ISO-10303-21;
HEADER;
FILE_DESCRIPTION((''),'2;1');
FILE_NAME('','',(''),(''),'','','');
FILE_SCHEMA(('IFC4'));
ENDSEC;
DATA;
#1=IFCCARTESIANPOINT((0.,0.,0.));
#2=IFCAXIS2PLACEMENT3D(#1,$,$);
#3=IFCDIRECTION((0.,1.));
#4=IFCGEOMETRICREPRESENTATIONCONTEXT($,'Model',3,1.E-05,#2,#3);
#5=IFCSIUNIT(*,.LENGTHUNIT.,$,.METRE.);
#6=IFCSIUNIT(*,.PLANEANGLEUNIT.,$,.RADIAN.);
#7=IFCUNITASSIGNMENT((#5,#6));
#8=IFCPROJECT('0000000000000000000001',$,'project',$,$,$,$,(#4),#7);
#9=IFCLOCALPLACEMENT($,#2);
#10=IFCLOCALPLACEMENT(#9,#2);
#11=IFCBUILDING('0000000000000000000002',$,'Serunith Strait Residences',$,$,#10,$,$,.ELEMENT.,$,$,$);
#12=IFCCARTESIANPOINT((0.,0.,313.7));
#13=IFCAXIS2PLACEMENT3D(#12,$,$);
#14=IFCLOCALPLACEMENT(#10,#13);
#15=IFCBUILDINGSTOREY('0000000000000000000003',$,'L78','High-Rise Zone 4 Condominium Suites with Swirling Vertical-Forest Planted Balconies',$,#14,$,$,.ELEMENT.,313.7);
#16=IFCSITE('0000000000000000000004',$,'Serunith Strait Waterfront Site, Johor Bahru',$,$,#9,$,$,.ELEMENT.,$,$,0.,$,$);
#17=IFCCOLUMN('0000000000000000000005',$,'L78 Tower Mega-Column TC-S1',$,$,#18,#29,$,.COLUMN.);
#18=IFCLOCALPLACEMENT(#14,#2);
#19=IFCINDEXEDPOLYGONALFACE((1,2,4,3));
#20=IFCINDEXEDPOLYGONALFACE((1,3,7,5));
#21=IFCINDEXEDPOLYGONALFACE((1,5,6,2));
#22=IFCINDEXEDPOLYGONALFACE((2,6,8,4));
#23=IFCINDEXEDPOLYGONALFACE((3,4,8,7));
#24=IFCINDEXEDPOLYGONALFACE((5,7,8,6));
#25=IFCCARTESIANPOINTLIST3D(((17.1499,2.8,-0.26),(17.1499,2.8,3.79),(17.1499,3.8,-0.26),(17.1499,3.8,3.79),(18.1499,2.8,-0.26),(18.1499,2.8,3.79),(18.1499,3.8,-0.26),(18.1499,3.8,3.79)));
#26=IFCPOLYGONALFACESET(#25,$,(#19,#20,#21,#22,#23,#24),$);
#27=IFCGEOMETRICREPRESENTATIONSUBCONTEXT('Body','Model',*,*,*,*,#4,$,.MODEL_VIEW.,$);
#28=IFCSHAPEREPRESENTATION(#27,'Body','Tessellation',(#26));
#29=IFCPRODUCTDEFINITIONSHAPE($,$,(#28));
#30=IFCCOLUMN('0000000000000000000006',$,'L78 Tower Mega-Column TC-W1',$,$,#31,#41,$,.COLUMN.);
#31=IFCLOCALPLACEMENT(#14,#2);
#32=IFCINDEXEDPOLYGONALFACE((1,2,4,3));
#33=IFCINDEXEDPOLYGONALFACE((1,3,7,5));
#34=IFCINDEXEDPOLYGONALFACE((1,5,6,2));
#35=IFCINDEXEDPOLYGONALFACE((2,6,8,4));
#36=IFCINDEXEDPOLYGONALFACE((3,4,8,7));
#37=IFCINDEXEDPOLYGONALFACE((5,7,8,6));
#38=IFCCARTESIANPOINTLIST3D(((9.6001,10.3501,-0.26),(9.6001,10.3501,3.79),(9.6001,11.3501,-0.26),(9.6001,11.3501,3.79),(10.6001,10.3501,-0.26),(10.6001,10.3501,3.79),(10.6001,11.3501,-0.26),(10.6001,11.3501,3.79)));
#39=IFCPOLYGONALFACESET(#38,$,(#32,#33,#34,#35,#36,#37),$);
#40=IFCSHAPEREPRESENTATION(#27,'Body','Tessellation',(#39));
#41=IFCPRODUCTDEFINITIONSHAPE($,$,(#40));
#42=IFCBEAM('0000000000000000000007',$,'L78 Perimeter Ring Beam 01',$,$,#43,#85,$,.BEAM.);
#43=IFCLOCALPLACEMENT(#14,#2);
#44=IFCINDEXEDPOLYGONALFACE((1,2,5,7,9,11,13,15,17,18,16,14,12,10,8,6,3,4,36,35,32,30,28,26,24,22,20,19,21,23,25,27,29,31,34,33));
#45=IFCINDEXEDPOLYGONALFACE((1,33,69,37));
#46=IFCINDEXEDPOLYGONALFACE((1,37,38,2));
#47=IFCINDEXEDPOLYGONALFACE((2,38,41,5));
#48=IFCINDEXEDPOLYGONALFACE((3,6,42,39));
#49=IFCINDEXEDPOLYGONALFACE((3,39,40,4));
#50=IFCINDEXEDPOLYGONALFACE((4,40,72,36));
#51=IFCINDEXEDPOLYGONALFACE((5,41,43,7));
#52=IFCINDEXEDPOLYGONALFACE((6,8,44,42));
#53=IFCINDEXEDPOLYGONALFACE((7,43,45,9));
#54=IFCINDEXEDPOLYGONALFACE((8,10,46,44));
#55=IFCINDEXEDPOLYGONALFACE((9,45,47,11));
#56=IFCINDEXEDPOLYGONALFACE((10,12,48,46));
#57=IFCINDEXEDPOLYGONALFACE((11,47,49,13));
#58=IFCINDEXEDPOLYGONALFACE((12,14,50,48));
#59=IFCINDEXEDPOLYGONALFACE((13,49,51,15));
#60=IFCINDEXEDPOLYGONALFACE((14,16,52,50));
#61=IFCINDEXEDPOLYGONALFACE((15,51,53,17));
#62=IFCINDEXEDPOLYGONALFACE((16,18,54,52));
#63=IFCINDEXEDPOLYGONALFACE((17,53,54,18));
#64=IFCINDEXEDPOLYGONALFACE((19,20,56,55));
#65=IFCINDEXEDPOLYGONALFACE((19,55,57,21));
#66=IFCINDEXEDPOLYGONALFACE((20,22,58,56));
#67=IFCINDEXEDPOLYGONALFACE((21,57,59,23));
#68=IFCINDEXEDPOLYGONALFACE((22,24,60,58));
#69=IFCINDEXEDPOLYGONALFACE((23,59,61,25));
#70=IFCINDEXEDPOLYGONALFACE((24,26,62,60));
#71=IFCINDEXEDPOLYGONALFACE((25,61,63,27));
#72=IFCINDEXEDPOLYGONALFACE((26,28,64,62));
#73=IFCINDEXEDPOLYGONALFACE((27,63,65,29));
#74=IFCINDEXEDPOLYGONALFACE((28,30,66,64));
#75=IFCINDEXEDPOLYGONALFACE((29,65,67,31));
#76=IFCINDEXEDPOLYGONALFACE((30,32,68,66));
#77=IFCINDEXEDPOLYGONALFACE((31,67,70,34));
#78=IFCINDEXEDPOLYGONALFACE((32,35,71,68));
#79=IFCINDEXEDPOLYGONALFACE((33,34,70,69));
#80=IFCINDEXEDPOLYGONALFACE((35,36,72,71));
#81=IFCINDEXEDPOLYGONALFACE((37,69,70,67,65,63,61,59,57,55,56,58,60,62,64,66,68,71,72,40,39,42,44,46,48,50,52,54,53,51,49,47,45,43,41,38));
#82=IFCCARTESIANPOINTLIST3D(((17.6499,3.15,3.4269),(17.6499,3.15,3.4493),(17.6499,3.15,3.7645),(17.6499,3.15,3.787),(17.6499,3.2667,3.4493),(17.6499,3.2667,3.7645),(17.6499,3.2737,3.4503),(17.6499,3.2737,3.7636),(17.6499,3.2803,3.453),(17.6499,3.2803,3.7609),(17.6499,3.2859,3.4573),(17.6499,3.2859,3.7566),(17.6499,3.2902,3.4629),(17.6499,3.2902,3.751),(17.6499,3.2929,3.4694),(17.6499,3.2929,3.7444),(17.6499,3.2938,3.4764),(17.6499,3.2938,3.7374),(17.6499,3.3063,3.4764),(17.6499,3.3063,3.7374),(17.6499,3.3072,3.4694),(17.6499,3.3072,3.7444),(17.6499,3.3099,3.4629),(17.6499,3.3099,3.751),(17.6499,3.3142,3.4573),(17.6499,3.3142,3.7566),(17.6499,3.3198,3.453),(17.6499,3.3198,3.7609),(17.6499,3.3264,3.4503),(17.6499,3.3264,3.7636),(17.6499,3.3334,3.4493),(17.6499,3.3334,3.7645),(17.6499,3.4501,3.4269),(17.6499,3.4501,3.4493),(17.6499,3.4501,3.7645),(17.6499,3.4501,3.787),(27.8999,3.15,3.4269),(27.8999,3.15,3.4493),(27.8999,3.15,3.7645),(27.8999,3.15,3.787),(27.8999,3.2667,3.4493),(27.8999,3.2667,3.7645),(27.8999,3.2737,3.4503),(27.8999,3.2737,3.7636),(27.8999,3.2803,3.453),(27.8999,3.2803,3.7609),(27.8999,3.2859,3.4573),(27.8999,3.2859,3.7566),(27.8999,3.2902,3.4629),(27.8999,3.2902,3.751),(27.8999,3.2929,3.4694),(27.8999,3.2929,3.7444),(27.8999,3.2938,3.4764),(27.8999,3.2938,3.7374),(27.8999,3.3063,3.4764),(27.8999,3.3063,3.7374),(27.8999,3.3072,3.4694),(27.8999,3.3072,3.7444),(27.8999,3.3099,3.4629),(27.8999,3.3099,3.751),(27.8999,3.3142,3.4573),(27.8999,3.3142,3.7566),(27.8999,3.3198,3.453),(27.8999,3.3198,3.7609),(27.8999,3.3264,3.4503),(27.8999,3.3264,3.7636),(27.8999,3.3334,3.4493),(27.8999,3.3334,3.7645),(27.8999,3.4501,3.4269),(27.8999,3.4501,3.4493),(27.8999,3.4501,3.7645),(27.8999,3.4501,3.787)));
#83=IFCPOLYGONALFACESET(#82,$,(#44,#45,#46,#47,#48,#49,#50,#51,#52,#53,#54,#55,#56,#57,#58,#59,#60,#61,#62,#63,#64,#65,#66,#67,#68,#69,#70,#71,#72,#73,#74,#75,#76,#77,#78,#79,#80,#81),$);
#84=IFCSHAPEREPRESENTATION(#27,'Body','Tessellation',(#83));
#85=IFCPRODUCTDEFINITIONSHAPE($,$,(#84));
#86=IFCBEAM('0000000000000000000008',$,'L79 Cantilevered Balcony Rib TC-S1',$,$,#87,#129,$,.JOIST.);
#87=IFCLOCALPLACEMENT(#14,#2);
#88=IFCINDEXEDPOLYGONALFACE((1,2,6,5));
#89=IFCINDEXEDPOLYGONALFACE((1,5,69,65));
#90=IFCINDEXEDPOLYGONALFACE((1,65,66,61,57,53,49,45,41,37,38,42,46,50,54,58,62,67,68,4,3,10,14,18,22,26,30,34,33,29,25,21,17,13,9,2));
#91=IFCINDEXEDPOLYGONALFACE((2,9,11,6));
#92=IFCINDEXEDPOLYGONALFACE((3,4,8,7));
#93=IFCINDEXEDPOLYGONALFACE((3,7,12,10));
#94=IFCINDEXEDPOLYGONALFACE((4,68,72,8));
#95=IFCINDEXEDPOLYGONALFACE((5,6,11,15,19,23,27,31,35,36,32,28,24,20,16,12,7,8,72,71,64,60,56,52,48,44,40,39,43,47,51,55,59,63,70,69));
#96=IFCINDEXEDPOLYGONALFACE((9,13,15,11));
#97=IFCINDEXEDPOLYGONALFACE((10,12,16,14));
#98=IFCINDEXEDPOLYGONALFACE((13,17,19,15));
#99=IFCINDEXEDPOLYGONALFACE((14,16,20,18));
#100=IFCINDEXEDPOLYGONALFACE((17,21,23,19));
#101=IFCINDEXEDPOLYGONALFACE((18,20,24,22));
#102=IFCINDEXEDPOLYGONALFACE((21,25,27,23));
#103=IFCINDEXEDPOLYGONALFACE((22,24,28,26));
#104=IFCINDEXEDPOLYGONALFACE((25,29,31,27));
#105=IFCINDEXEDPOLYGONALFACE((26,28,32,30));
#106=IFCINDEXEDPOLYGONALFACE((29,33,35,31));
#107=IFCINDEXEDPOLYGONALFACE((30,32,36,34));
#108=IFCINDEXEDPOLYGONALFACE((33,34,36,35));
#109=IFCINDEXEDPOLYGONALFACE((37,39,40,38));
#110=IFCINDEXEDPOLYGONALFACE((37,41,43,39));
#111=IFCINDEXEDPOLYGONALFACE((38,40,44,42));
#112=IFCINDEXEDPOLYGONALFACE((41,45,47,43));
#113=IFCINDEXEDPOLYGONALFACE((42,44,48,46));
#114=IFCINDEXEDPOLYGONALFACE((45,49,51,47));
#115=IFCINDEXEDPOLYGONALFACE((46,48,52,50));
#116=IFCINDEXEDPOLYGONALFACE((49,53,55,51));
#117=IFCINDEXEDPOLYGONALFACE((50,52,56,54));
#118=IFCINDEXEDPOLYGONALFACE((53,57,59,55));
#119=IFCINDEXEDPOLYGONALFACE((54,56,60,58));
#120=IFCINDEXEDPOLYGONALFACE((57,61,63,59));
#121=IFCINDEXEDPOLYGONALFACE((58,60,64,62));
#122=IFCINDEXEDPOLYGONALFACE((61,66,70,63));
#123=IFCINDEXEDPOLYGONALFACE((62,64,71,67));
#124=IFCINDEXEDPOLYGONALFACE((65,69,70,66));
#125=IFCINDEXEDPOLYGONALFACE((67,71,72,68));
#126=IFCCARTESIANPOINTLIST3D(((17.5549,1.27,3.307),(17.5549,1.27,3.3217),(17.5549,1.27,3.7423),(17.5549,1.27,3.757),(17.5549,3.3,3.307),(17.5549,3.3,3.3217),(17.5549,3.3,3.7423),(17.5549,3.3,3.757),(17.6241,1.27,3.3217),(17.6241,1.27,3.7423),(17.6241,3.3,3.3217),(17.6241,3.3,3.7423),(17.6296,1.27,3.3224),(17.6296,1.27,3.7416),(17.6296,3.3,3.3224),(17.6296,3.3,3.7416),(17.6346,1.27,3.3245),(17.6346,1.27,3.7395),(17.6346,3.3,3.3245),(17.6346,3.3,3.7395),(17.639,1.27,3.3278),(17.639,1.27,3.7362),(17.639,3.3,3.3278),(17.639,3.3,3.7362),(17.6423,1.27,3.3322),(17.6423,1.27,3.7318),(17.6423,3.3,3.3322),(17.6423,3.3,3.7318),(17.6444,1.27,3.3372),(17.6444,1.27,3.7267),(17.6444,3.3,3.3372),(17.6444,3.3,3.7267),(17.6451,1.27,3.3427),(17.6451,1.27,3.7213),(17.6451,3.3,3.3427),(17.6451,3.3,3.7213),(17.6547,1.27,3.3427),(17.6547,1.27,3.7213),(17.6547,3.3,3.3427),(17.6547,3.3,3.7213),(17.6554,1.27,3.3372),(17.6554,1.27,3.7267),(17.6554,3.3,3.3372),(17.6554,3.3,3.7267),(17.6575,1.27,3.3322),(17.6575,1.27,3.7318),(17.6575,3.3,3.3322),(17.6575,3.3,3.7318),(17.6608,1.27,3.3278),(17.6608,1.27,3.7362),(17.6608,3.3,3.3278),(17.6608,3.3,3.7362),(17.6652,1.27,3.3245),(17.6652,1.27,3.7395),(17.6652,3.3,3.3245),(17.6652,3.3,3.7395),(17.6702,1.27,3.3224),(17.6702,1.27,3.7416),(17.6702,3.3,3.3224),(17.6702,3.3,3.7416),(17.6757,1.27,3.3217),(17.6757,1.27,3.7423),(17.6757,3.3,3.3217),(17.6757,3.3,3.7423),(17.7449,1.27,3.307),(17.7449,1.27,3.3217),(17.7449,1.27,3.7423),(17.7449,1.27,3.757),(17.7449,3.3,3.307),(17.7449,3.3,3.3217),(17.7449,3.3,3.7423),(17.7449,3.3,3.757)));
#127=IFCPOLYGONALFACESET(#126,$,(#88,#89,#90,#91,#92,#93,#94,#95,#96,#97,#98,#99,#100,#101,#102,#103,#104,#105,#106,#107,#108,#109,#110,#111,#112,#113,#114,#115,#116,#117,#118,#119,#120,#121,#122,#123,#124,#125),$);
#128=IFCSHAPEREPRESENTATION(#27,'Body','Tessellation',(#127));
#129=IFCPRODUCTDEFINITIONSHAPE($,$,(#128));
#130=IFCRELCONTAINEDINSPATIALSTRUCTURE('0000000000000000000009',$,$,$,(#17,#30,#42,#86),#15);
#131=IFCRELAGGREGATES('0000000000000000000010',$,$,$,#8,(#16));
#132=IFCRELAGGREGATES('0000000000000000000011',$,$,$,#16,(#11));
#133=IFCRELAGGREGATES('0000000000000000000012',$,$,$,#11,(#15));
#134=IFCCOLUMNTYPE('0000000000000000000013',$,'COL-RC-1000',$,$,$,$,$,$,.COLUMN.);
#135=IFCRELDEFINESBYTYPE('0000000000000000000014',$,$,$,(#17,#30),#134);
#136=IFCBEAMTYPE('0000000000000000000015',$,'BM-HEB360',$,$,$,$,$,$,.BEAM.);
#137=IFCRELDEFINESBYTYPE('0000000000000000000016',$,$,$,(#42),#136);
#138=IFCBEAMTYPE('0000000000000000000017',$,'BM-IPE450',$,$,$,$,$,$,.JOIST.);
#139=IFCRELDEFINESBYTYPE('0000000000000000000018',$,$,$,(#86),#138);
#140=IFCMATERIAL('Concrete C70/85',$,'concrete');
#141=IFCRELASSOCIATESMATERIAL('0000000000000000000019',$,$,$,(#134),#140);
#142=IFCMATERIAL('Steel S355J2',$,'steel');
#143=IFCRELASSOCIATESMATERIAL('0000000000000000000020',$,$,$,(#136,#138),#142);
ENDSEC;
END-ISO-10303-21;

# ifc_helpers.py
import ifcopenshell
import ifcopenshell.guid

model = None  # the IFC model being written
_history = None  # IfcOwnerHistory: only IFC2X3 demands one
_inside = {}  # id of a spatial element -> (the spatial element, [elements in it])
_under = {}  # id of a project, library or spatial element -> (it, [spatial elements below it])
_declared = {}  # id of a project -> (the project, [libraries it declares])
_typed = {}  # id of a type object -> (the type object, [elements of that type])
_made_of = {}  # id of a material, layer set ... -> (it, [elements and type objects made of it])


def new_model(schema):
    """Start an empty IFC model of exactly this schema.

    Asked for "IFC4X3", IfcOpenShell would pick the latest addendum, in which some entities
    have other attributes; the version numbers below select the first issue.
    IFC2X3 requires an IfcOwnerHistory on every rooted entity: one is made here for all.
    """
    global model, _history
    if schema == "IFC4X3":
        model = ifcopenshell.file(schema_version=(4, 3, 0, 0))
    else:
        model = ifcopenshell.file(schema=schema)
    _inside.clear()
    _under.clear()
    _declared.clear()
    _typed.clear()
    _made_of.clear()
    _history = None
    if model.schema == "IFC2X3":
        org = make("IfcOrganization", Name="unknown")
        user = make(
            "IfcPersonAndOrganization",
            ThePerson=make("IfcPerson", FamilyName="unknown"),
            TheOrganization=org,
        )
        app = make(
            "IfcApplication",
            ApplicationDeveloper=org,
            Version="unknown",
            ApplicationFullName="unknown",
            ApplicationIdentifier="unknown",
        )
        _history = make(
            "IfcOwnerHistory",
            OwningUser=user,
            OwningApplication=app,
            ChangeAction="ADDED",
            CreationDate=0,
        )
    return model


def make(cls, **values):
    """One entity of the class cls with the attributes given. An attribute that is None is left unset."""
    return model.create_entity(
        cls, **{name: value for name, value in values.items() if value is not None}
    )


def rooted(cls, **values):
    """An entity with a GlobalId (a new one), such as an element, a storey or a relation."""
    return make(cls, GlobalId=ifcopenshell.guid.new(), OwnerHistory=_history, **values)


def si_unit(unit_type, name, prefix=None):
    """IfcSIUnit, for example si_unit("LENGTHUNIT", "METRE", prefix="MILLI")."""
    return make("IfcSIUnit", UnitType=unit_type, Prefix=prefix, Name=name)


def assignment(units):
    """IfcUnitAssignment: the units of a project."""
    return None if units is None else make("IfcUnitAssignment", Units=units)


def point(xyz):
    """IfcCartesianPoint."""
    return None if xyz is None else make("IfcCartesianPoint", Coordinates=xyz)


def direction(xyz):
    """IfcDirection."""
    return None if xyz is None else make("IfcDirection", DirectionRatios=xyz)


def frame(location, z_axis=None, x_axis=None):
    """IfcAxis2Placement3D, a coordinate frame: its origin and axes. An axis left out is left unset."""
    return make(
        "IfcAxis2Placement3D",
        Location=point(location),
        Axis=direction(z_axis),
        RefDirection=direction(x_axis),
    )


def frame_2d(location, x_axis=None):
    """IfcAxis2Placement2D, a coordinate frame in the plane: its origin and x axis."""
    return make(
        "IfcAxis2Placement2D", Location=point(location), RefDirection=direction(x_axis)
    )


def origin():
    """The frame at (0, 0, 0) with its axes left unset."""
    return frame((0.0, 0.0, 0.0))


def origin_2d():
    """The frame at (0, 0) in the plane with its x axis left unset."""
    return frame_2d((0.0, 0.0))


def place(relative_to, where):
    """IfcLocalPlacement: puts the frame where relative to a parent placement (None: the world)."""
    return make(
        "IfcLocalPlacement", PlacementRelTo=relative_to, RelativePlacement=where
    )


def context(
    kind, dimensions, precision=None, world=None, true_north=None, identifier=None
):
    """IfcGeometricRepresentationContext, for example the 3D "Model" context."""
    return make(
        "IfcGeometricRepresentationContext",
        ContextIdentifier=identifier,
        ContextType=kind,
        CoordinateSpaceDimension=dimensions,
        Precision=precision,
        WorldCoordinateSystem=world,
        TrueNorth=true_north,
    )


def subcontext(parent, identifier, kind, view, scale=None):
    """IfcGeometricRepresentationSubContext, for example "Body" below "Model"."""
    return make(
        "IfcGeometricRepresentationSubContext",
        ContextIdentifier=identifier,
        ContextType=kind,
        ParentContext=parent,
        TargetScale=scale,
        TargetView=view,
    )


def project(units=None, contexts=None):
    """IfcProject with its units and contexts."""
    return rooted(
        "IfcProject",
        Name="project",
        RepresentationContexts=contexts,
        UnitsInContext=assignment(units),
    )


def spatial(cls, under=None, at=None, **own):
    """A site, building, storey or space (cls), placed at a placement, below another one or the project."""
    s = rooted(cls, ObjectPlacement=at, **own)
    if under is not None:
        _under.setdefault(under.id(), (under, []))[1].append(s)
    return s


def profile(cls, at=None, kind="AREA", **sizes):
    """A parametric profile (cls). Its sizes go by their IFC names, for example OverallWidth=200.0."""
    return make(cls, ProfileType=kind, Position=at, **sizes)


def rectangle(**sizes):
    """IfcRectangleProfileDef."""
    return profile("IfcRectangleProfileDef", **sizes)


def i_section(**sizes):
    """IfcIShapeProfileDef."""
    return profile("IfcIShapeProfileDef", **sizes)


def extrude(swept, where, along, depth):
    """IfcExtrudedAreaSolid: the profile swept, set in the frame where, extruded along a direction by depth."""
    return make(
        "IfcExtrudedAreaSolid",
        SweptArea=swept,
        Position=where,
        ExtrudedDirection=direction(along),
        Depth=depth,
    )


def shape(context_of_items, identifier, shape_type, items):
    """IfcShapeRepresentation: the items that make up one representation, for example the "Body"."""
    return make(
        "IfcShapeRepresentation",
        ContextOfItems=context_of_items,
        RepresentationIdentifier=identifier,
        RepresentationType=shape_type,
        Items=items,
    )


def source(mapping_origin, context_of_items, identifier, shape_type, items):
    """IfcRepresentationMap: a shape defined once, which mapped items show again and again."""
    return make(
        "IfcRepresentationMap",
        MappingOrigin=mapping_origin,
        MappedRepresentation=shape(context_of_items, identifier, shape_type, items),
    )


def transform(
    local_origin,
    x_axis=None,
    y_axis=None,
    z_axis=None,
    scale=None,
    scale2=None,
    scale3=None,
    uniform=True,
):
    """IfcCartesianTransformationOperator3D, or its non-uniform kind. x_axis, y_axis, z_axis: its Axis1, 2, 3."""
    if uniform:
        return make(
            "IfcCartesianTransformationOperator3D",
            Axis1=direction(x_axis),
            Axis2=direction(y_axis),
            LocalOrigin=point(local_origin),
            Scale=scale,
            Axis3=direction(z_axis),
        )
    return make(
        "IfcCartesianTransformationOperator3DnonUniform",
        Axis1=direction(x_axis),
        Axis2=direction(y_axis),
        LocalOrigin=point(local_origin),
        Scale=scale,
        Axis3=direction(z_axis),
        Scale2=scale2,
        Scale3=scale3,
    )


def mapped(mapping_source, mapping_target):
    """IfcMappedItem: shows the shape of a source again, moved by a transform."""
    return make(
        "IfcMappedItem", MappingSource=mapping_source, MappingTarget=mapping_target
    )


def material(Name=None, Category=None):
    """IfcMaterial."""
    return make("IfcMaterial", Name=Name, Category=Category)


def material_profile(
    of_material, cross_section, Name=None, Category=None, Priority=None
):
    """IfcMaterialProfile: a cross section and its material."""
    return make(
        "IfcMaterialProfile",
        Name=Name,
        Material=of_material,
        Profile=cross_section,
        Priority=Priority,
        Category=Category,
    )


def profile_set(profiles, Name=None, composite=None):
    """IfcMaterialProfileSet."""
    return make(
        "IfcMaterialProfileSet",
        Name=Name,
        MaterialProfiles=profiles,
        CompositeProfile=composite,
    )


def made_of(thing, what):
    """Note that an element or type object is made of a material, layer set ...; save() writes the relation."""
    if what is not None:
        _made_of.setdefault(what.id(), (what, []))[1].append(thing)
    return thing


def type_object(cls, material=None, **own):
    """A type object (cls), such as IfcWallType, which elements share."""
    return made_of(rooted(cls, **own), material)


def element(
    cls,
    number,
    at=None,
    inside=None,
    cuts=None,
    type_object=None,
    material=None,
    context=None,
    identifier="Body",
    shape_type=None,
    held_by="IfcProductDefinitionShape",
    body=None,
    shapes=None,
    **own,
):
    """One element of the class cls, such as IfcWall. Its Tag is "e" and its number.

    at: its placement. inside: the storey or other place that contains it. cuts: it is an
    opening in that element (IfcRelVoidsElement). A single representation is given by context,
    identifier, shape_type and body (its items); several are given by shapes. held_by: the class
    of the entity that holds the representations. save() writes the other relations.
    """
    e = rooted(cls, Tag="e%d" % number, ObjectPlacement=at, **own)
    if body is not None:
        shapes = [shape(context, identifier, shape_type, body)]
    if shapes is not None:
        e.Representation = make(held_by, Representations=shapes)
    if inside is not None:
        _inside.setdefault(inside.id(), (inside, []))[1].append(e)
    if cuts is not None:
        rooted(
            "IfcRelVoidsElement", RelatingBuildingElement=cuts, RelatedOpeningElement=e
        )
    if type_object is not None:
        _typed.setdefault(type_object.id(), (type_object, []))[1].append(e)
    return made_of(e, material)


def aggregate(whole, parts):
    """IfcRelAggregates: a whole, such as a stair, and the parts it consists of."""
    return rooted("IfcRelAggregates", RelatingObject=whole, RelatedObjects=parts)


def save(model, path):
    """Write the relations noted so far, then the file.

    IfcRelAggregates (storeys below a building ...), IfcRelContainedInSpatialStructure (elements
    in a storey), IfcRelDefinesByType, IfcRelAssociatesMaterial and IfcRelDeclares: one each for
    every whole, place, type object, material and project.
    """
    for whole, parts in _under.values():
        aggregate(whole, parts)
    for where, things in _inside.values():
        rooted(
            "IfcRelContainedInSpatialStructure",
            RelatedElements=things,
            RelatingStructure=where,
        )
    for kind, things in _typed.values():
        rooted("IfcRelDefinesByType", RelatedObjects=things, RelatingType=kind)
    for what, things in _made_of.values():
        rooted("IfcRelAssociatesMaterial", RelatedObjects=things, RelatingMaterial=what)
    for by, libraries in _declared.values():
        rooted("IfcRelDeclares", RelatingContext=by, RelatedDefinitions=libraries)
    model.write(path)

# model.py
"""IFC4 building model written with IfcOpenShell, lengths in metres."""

from ifc_helpers import new_model, si_unit, direction, frame, origin, origin_2d, place, context, subcontext, project, spatial, rectangle, i_section, extrude, source, transform, mapped, material, material_profile, profile_set, type_object, element, save


model = new_model("IFC4")

# Units and contexts
model_context = context("Model", 3, precision=1e-05, world=origin(), true_north=direction((0.0, 1.0)))
body_context = subcontext(model_context, "Body", "Model", "MODEL_VIEW")
ifc_project = project(units=[si_unit("LENGTHUNIT", "METRE"), si_unit("PLANEANGLEUNIT", "RADIAN")], contexts=[model_context])

# Site, building, storey
site_placement = place(None, origin())
site = spatial("IfcSite", under=ifc_project, at=site_placement, Name="Serunith Strait Waterfront Site, Johor Bahru", CompositionType="ELEMENT", RefElevation=0.0)
building_placement = place(site_placement, origin())
building = spatial("IfcBuilding", under=site, at=building_placement, Name="Serunith Strait Residences", CompositionType="ELEMENT")
storey_placement = place(building_placement, frame((0.0, 0.0, 313.7)))
storey = spatial("IfcBuildingStorey", under=building, at=storey_placement, Name="L78", Description="High-Rise Zone 4 Condominium Suites with Swirling Vertical-Forest Planted Balconies", CompositionType="ELEMENT", Elevation=313.7)

# Columns
ifc_material_1 = material(Name="Concrete C70/85", Category="concrete")
ifc_material_profile_1 = material_profile(ifc_material_1, rectangle(XDim=1.0, YDim=1.0, at=origin_2d()), Name="RC 1000x1000")
ifc_profile_set_1 = profile_set([ifc_material_profile_1], Name="Concrete C70/85")
column_type = type_object("IfcColumnType", Name="COL-RC-1000", PredefinedType="COLUMN", material=ifc_profile_set_1)
shared_shape_1 = source(origin(), body_context, "Body", "SweptSolid", [
    extrude(rectangle(XDim=1.0, YDim=1.0, at=origin_2d()), origin(), (0.0, 0.0, 1.0), 4.05),
])
for number, where, z_axis, x_axis, name in (
    (1, (17.6499, 3.3, -0.26), (0.0, 0.0, 1.0), (1.0, 0.0, 0.0), "L78 Tower Mega-Column TC-S1"),
    (2, (10.1001, 10.8501, -0.26), (0.0, 0.0, 1.0), (1.0, 0.0, 0.0), "L78 Tower Mega-Column TC-W1"),
):
    element("IfcColumn", number, at=place(storey_placement, frame(where, z_axis=z_axis, x_axis=x_axis)), inside=storey, type_object=column_type, Name=name, PredefinedType="COLUMN", context=body_context, shape_type="MappedRepresentation", body=[
        mapped(shared_shape_1, transform((0.0, 0.0, 0.0), scale=1.0)),
    ])

# Beams
ifc_material_2 = material(Name="Steel S355J2", Category="steel")
ifc_material_profile_2 = material_profile(ifc_material_2, i_section(OverallWidth=0.3, OverallDepth=0.3601, WebThickness=0.0125, FlangeThickness=0.0225, FilletRadius=0.0271, at=origin_2d()), Name="HEB 360")
ifc_profile_set_2 = profile_set([ifc_material_profile_2], Name="Steel S355J2")
beam_type_1 = type_object("IfcBeamType", Name="BM-HEB360", PredefinedType="BEAM", material=ifc_profile_set_2)
shared_shape_2 = source(origin(), body_context, "Body", "SweptSolid", [
    extrude(i_section(OverallWidth=0.3, OverallDepth=0.3601, WebThickness=0.0125, FlangeThickness=0.0225, FilletRadius=0.0271, at=origin_2d()), origin(), (0.0, 0.0, 1.0), 10.25),
])
beam_1_placement = place(storey_placement, frame((17.6499, 3.3, 3.6069), z_axis=(1.0, 0.0, 0.0), x_axis=(0.0, 1.0, 0.0)))
element("IfcBeam", 3, at=beam_1_placement, inside=storey, type_object=beam_type_1, Name="L78 Perimeter Ring Beam 01", PredefinedType="BEAM", context=body_context, shape_type="MappedRepresentation", body=[
    mapped(shared_shape_2, transform((0.0, 0.0, 0.0), scale=1.0)),
])
ifc_material_profile_3 = material_profile(ifc_material_2, i_section(OverallWidth=0.1899, OverallDepth=0.45, WebThickness=0.0095, FlangeThickness=0.0146, FilletRadius=0.021, at=origin_2d()), Name="IPE 450")
ifc_profile_set_3 = profile_set([ifc_material_profile_3], Name="Steel S355J2")
beam_type_2 = type_object("IfcBeamType", Name="BM-IPE450", PredefinedType="JOIST", material=ifc_profile_set_3)
shared_shape_3 = source(origin(), body_context, "Body", "SweptSolid", [
    extrude(i_section(OverallWidth=0.1899, OverallDepth=0.45, WebThickness=0.0095, FlangeThickness=0.0146, FilletRadius=0.021, at=origin_2d()), origin(), (0.0, 0.0, 1.0), 2.03),
])
beam_2_placement = place(storey_placement, frame((17.6499, 3.3, 3.532), z_axis=(0.0, -1.0, 0.0), x_axis=(1.0, 0.0, 0.0)))
element("IfcBeam", 4, at=beam_2_placement, inside=storey, type_object=beam_type_2, Name="L79 Cantilevered Balcony Rib TC-S1", PredefinedType="JOIST", context=body_context, shape_type="MappedRepresentation", body=[
    mapped(shared_shape_3, transform((0.0, 0.0, 0.0), scale=1.0)),
])

save(model, "model.ifc")
